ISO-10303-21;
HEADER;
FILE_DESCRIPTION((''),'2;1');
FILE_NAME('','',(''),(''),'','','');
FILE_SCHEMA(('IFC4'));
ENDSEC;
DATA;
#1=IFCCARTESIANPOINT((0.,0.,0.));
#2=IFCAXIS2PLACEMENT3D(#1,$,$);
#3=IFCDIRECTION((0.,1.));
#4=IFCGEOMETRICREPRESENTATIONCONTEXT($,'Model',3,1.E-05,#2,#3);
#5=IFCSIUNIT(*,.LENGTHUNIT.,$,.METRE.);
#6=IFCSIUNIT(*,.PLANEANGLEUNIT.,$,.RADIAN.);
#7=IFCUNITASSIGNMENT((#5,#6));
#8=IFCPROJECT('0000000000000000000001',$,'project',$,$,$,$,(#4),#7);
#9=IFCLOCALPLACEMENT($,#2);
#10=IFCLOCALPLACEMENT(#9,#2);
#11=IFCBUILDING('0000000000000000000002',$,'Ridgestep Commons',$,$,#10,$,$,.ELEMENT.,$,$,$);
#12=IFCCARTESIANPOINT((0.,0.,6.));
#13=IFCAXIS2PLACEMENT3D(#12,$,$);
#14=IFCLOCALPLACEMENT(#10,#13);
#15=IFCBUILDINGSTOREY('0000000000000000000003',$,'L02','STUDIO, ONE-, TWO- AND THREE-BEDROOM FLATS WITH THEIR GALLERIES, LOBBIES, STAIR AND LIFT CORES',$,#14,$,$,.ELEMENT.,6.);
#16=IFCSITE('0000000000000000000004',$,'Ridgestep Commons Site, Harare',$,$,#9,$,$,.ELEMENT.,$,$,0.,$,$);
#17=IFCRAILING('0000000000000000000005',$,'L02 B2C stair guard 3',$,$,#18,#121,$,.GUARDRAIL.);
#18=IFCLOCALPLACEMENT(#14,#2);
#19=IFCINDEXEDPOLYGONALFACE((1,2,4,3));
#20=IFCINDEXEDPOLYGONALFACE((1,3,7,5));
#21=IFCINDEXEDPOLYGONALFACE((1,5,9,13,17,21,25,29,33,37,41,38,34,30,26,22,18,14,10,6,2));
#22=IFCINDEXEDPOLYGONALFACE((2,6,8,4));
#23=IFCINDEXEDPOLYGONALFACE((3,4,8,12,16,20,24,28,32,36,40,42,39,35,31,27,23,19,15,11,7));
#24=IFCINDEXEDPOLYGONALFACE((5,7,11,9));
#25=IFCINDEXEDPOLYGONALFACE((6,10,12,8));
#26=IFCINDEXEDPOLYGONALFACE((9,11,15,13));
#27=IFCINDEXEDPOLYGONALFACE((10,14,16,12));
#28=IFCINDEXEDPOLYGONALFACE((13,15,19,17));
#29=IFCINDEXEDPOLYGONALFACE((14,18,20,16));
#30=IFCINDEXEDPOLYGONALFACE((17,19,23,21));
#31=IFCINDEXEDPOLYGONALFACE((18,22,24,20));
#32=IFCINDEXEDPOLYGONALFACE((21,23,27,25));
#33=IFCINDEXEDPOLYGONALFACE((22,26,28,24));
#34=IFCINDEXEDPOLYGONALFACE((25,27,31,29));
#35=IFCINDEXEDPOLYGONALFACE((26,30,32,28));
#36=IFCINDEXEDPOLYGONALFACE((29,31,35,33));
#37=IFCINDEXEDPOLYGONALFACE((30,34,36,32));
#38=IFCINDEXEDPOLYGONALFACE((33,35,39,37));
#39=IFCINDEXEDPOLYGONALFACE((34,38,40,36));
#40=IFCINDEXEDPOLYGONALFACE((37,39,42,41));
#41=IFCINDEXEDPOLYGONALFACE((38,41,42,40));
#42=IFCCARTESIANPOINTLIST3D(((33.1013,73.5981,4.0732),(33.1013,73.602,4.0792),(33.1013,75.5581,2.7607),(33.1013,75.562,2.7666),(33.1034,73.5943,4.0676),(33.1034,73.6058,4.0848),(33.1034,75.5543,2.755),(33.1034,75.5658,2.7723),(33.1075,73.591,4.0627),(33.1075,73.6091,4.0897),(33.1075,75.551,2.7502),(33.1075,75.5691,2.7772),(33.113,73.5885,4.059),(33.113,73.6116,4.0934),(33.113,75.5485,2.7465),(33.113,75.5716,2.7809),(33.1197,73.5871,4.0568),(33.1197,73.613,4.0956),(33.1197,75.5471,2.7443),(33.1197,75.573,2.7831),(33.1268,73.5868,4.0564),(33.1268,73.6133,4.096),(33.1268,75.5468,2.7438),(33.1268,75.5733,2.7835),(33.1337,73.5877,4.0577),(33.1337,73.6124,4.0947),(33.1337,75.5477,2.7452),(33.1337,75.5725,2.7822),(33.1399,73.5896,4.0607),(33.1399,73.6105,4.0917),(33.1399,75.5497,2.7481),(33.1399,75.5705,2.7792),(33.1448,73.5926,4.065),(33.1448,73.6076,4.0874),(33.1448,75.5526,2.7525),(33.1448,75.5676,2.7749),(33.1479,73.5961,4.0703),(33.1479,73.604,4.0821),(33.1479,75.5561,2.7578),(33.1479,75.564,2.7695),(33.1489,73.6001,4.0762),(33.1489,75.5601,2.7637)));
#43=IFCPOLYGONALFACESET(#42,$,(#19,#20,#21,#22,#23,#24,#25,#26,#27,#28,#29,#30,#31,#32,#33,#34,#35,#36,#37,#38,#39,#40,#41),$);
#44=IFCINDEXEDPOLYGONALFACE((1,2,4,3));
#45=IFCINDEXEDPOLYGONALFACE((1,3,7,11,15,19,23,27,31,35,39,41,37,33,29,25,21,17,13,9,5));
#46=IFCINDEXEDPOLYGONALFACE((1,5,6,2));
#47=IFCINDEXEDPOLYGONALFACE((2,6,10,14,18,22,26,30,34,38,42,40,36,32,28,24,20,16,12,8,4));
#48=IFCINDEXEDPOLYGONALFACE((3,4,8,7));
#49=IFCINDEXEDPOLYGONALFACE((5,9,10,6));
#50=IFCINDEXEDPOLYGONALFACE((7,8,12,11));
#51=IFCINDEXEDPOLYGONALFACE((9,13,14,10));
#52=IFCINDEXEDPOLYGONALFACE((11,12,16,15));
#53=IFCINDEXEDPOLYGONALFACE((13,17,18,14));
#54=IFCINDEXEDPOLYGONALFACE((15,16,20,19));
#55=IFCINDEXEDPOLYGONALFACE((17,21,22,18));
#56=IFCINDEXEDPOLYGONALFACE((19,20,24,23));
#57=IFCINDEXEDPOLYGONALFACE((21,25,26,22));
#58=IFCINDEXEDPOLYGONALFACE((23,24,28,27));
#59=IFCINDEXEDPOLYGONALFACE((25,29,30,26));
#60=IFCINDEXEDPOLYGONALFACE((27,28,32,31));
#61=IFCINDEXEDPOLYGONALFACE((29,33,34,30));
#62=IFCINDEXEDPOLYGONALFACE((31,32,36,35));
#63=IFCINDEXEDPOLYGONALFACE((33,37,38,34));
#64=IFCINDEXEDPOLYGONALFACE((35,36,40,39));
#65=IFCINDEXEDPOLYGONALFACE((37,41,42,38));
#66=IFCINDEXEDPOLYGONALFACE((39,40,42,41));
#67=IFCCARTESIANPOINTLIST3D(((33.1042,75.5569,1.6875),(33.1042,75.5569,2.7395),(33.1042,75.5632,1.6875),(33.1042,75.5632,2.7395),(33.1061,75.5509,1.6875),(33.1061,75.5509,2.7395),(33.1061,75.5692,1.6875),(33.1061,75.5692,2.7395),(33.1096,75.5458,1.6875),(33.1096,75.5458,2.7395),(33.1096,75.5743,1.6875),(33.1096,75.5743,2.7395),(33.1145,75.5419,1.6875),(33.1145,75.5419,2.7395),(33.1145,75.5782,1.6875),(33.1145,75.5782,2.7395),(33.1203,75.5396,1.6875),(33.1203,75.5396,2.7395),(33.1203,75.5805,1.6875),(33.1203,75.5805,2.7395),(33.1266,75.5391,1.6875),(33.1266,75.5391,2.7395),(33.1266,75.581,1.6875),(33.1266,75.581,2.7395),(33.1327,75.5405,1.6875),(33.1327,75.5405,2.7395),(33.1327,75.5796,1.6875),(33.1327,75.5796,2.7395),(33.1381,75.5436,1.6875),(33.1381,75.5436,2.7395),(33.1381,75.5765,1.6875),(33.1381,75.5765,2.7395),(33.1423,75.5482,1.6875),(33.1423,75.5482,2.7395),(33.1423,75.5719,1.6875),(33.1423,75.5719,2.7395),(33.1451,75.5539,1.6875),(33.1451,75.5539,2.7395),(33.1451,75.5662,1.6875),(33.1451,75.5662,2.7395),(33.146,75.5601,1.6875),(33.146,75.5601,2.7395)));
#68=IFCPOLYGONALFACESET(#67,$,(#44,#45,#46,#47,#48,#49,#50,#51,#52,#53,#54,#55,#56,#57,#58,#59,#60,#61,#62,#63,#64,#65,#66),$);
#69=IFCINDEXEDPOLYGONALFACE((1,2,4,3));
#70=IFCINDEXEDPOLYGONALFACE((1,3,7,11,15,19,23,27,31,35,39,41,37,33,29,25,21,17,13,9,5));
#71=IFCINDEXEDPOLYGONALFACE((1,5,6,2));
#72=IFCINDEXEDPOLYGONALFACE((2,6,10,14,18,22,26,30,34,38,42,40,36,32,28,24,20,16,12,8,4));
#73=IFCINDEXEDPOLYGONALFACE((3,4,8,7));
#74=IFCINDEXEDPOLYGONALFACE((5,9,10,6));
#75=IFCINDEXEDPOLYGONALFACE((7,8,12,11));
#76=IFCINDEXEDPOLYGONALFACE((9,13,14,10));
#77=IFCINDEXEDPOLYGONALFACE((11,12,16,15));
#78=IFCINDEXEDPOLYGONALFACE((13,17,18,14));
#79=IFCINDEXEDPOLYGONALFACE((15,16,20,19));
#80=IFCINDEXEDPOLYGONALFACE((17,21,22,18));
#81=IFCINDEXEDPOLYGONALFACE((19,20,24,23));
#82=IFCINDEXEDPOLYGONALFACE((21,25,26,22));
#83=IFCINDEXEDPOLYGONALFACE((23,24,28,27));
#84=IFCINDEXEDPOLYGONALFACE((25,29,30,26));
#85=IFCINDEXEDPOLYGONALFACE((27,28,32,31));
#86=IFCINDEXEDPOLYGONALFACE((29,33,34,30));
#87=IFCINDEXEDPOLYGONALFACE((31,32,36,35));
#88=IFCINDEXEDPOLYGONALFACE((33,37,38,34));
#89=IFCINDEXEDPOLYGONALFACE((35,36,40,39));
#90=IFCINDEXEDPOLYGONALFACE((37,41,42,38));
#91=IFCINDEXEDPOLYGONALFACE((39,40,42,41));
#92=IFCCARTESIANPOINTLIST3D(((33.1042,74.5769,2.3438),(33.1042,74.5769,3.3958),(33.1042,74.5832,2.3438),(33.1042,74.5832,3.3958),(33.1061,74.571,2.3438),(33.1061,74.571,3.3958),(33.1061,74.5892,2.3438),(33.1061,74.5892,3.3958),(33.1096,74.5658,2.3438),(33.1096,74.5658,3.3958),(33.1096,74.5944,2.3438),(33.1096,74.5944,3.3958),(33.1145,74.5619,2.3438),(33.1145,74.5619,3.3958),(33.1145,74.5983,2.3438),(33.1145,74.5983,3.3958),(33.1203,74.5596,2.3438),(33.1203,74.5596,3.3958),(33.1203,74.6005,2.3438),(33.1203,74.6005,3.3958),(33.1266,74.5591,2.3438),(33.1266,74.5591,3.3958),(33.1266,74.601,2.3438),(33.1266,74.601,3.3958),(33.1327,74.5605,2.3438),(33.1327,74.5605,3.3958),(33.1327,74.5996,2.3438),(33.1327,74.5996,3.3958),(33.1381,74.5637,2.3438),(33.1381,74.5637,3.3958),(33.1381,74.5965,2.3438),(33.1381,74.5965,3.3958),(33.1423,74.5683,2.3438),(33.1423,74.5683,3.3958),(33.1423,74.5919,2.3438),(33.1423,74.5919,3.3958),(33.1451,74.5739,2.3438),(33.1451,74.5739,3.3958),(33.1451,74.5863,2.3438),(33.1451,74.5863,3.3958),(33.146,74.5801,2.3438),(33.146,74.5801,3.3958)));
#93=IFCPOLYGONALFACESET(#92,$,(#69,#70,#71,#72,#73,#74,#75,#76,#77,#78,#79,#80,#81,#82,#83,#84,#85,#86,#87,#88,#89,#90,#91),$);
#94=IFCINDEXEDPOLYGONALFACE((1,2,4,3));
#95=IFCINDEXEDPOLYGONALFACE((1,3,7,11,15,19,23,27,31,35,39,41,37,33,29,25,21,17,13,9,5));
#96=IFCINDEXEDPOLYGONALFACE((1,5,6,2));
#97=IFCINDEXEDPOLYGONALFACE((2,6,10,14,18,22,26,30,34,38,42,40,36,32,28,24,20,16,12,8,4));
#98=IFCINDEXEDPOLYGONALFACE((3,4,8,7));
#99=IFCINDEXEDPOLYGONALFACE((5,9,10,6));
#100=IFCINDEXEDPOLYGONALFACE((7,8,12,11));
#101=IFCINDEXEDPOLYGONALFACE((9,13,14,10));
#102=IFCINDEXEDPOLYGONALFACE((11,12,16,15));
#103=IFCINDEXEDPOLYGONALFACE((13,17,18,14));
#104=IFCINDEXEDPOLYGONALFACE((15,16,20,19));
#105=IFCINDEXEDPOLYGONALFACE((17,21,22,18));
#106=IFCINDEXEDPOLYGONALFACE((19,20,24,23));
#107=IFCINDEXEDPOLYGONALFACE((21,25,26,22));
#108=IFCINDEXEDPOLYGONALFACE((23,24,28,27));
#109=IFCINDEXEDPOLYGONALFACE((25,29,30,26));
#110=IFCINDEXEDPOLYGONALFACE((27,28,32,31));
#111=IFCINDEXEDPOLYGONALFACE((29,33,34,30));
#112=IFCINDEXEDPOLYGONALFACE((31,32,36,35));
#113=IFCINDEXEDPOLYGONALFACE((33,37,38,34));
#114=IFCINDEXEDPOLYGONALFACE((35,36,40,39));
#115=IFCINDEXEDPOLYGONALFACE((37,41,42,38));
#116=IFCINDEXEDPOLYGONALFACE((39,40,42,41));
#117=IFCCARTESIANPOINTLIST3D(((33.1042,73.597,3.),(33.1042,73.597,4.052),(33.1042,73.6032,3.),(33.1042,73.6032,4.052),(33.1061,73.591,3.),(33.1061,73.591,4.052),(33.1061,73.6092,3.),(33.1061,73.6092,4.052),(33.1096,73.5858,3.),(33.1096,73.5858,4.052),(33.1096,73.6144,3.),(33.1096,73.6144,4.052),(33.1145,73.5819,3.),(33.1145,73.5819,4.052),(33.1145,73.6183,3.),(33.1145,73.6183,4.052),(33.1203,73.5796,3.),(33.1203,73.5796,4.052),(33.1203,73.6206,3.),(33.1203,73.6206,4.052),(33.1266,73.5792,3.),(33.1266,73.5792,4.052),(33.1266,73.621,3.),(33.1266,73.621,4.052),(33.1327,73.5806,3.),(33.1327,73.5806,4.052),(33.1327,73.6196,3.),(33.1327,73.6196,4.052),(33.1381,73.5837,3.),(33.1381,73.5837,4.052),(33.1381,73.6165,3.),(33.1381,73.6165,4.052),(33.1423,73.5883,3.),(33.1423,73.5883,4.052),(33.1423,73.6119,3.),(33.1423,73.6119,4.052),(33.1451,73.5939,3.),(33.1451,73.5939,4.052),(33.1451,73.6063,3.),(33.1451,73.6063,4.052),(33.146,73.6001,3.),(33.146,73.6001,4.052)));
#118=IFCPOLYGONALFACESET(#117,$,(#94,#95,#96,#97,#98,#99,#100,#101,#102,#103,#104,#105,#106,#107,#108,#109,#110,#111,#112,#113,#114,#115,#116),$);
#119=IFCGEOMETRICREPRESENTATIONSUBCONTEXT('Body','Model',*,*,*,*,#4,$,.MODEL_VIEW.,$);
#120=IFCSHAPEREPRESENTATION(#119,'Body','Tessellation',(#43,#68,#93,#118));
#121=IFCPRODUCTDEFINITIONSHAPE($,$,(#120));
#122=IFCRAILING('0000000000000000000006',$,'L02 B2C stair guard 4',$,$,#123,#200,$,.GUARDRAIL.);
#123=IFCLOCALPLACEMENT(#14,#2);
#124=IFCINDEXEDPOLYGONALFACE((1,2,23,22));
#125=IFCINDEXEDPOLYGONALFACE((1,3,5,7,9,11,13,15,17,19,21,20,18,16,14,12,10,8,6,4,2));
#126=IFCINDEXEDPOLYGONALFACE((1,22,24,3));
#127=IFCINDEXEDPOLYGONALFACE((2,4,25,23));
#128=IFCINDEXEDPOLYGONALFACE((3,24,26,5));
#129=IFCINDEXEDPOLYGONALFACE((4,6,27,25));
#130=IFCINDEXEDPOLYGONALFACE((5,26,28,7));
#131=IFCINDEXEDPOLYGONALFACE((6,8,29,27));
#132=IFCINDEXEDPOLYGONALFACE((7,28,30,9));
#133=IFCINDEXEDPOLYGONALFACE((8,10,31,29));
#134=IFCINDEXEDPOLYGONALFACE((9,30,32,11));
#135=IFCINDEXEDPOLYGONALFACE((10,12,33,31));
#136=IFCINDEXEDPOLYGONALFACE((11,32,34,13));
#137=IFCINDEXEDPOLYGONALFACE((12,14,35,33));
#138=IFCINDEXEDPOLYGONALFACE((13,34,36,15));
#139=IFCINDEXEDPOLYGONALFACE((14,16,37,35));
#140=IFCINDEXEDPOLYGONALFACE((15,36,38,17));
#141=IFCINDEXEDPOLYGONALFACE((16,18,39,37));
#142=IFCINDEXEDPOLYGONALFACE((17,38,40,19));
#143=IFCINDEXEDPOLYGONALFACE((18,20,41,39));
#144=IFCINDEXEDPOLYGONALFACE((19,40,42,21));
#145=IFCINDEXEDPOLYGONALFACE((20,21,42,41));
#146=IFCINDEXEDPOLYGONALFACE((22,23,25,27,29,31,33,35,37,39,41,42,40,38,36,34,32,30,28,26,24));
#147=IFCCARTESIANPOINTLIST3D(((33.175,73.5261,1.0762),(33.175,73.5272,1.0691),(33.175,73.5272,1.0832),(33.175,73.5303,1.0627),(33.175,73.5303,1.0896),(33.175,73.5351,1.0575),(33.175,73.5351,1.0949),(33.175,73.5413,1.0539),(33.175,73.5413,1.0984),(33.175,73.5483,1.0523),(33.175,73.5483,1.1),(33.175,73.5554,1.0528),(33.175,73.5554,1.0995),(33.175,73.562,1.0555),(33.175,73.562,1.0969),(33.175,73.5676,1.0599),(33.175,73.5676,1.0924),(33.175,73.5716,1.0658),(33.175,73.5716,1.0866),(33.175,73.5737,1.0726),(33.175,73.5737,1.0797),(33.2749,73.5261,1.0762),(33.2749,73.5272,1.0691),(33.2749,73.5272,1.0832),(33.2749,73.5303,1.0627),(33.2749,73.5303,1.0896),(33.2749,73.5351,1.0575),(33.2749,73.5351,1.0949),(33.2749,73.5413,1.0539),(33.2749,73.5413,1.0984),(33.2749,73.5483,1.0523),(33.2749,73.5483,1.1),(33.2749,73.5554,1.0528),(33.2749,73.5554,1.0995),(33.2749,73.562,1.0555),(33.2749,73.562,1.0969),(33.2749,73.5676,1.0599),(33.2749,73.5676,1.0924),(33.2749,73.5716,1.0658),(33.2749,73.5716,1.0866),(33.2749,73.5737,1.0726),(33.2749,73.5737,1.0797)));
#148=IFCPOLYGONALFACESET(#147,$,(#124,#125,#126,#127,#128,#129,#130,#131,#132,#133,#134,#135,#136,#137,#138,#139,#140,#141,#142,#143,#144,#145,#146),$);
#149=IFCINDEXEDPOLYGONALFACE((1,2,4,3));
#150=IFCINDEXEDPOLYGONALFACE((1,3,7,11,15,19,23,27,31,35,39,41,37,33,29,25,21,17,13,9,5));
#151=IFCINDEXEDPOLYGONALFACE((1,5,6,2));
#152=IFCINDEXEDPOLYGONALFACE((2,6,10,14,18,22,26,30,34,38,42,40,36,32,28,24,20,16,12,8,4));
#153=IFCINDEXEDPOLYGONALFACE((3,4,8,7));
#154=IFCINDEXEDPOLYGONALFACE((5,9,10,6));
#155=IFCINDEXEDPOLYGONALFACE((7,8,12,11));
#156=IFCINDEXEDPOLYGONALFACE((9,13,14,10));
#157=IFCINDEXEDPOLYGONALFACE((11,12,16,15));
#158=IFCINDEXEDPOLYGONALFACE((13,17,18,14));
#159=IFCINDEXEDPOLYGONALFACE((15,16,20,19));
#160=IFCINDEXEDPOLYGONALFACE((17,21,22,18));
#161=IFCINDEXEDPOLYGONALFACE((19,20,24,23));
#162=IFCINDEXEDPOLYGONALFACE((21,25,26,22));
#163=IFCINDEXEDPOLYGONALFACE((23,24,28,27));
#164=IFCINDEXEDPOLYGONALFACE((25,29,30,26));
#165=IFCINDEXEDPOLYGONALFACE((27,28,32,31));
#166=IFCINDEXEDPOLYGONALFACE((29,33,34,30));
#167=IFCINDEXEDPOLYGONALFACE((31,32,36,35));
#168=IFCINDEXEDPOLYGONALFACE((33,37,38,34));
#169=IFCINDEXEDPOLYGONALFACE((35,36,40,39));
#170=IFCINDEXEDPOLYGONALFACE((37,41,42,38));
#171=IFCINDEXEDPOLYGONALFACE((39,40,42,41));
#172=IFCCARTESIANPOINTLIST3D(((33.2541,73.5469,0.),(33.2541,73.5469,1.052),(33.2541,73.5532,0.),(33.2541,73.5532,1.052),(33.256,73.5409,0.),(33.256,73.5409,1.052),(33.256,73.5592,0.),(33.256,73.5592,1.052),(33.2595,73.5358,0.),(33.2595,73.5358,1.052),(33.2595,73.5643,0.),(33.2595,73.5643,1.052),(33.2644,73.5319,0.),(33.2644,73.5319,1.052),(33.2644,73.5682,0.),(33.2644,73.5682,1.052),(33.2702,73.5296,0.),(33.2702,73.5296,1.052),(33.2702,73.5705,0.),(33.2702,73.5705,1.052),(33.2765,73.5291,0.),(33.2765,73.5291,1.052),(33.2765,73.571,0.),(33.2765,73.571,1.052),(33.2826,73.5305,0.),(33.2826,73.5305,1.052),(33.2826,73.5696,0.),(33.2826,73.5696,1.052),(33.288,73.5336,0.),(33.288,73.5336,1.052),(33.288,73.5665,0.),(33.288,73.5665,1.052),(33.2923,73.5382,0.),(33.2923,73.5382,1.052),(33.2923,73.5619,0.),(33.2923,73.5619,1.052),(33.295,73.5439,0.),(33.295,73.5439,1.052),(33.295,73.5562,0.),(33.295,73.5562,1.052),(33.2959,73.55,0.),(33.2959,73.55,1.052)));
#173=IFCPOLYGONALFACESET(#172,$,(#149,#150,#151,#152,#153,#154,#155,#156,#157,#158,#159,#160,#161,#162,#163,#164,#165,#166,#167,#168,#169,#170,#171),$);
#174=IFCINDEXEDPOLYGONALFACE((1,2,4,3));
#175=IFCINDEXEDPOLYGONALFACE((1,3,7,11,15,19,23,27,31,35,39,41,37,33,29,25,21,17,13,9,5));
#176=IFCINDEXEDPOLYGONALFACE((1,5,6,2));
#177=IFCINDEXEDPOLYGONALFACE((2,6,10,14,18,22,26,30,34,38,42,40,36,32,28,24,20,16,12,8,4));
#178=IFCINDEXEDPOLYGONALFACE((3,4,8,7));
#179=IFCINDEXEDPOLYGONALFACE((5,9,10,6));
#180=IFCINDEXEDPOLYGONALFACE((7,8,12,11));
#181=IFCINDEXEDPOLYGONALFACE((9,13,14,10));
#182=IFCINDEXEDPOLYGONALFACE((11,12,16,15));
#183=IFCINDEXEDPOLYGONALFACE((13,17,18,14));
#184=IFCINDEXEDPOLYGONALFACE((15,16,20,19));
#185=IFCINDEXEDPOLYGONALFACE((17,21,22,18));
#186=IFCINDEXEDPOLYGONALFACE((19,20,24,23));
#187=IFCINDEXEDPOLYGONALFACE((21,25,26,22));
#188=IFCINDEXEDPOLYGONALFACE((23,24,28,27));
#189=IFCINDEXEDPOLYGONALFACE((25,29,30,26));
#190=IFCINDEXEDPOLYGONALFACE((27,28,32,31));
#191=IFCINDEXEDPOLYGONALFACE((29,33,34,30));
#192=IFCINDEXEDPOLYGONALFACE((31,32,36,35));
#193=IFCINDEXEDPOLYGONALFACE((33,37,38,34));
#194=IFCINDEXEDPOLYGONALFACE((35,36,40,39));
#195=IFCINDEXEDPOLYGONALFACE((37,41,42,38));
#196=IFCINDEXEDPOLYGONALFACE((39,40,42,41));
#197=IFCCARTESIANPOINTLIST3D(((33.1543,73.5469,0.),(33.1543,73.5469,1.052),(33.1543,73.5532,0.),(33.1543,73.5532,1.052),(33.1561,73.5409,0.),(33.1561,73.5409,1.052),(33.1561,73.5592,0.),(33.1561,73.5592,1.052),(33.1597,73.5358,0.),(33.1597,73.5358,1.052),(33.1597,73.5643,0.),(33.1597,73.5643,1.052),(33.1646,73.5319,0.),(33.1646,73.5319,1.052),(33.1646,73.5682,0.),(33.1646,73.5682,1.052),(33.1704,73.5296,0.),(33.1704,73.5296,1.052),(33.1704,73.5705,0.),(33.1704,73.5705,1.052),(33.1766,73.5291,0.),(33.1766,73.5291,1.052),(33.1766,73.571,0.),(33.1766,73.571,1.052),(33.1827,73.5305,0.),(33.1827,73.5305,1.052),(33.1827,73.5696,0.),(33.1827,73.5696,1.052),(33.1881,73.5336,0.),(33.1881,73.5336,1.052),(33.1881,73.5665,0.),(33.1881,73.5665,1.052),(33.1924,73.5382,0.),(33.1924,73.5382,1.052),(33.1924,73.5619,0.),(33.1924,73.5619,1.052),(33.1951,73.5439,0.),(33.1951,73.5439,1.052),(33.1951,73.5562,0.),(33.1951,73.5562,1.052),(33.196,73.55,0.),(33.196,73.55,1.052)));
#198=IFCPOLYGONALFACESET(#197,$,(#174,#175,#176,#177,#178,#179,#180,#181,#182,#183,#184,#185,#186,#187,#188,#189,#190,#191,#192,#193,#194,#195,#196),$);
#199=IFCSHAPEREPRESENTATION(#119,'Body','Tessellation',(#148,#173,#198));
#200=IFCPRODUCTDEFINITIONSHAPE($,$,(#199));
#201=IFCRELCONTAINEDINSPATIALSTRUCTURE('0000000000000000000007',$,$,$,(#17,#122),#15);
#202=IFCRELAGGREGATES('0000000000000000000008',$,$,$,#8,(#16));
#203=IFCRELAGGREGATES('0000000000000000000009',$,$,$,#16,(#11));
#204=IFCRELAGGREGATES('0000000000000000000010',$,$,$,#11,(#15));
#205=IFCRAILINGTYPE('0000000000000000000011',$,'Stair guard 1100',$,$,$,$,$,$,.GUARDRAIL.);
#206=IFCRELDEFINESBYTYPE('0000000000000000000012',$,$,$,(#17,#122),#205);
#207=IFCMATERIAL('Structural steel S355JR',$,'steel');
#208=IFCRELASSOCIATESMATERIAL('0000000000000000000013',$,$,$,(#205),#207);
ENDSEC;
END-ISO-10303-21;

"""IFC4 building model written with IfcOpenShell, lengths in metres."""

from ifc_helpers import new_model, si_unit, direction, frame, origin, origin_2d, place, context, subcontext, project, spatial, circle, extrude, material, type_object, element, save


model = new_model("IFC4")

# Units and contexts
model_context = context("Model", 3, precision=1e-05, world=origin(), true_north=direction((0.0, 1.0)))
body_context = subcontext(model_context, "Body", "Model", "MODEL_VIEW")
ifc_project = project(units=[si_unit("LENGTHUNIT", "METRE"), si_unit("PLANEANGLEUNIT", "RADIAN")], contexts=[model_context])

# Site, building, storey
site_placement = place(None, origin())
site = spatial("IfcSite", under=ifc_project, at=site_placement, Name="Ridgestep Commons Site, Harare", CompositionType="ELEMENT", RefElevation=0.0)
building_placement = place(site_placement, origin())
building = spatial("IfcBuilding", under=site, at=building_placement, Name="Ridgestep Commons", CompositionType="ELEMENT")
storey_placement = place(building_placement, frame((0.0, 0.0, 6.0)))
storey = spatial("IfcBuildingStorey", under=building, at=storey_placement, Name="L02", Description="STUDIO, ONE-, TWO- AND THREE-BEDROOM FLATS WITH THEIR GALLERIES, LOBBIES, STAIR AND LIFT CORES", CompositionType="ELEMENT", Elevation=6.0)

# Railings
ifc_material_1 = material(Name="Structural steel S355JR", Category="steel")
railing_type_1 = type_object("IfcRailingType", Name="Stair guard 1100", PredefinedType="GUARDRAIL", material=ifc_material_1)
railing_1_placement = place(storey_placement, frame((33.125, 75.5601, 1.6875)))
element("IfcRailing", 1, at=railing_1_placement, inside=storey, type_object=railing_type_1, Name="L02 B2C stair guard 3", PredefinedType="GUARDRAIL", context=body_context, shape_type="SweptSolid", body=[
    extrude(circle(Radius=0.0239, at=origin_2d()), frame((0.0, 0.0, 1.0762), z_axis=(0.0, -0.830902, 0.556419), x_axis=(1.0, 0.0, 0.0)), (0.0, 0.0, 1.0), 2.3589),
    extrude(circle(Radius=0.021, at=origin_2d()), origin(), (0.0, 0.0, 1.0), 1.052),
    extrude(circle(Radius=0.021, at=origin_2d()), frame((0.0, -0.98, 0.6562)), (0.0, 0.0, 1.0), 1.052),
    extrude(circle(Radius=0.021, at=origin_2d()), frame((0.0, -1.96, 1.3125)), (0.0, 0.0, 1.0), 1.052),
])
railing_2_placement = place(storey_placement, frame((33.2749, 73.55, 0.0)))
element("IfcRailing", 2, at=railing_2_placement, inside=storey, type_object=railing_type_1, Name="L02 B2C stair guard 4", PredefinedType="GUARDRAIL", context=body_context, shape_type="SweptSolid", body=[
    extrude(circle(Radius=0.0239, at=origin_2d()), frame((0.0, 0.0, 1.0762), z_axis=(-1.0, 0.0, 0.0), x_axis=(0.0, -1.0, 0.0)), (0.0, 0.0, 1.0), 0.0999),
    extrude(circle(Radius=0.021, at=origin_2d()), origin(), (0.0, 0.0, 1.0), 1.052),
    extrude(circle(Radius=0.021, at=origin_2d()), frame((-0.0999, 0.0, 0.0)), (0.0, 0.0, 1.0), 1.052),
])

save(model, "model.ifc")
